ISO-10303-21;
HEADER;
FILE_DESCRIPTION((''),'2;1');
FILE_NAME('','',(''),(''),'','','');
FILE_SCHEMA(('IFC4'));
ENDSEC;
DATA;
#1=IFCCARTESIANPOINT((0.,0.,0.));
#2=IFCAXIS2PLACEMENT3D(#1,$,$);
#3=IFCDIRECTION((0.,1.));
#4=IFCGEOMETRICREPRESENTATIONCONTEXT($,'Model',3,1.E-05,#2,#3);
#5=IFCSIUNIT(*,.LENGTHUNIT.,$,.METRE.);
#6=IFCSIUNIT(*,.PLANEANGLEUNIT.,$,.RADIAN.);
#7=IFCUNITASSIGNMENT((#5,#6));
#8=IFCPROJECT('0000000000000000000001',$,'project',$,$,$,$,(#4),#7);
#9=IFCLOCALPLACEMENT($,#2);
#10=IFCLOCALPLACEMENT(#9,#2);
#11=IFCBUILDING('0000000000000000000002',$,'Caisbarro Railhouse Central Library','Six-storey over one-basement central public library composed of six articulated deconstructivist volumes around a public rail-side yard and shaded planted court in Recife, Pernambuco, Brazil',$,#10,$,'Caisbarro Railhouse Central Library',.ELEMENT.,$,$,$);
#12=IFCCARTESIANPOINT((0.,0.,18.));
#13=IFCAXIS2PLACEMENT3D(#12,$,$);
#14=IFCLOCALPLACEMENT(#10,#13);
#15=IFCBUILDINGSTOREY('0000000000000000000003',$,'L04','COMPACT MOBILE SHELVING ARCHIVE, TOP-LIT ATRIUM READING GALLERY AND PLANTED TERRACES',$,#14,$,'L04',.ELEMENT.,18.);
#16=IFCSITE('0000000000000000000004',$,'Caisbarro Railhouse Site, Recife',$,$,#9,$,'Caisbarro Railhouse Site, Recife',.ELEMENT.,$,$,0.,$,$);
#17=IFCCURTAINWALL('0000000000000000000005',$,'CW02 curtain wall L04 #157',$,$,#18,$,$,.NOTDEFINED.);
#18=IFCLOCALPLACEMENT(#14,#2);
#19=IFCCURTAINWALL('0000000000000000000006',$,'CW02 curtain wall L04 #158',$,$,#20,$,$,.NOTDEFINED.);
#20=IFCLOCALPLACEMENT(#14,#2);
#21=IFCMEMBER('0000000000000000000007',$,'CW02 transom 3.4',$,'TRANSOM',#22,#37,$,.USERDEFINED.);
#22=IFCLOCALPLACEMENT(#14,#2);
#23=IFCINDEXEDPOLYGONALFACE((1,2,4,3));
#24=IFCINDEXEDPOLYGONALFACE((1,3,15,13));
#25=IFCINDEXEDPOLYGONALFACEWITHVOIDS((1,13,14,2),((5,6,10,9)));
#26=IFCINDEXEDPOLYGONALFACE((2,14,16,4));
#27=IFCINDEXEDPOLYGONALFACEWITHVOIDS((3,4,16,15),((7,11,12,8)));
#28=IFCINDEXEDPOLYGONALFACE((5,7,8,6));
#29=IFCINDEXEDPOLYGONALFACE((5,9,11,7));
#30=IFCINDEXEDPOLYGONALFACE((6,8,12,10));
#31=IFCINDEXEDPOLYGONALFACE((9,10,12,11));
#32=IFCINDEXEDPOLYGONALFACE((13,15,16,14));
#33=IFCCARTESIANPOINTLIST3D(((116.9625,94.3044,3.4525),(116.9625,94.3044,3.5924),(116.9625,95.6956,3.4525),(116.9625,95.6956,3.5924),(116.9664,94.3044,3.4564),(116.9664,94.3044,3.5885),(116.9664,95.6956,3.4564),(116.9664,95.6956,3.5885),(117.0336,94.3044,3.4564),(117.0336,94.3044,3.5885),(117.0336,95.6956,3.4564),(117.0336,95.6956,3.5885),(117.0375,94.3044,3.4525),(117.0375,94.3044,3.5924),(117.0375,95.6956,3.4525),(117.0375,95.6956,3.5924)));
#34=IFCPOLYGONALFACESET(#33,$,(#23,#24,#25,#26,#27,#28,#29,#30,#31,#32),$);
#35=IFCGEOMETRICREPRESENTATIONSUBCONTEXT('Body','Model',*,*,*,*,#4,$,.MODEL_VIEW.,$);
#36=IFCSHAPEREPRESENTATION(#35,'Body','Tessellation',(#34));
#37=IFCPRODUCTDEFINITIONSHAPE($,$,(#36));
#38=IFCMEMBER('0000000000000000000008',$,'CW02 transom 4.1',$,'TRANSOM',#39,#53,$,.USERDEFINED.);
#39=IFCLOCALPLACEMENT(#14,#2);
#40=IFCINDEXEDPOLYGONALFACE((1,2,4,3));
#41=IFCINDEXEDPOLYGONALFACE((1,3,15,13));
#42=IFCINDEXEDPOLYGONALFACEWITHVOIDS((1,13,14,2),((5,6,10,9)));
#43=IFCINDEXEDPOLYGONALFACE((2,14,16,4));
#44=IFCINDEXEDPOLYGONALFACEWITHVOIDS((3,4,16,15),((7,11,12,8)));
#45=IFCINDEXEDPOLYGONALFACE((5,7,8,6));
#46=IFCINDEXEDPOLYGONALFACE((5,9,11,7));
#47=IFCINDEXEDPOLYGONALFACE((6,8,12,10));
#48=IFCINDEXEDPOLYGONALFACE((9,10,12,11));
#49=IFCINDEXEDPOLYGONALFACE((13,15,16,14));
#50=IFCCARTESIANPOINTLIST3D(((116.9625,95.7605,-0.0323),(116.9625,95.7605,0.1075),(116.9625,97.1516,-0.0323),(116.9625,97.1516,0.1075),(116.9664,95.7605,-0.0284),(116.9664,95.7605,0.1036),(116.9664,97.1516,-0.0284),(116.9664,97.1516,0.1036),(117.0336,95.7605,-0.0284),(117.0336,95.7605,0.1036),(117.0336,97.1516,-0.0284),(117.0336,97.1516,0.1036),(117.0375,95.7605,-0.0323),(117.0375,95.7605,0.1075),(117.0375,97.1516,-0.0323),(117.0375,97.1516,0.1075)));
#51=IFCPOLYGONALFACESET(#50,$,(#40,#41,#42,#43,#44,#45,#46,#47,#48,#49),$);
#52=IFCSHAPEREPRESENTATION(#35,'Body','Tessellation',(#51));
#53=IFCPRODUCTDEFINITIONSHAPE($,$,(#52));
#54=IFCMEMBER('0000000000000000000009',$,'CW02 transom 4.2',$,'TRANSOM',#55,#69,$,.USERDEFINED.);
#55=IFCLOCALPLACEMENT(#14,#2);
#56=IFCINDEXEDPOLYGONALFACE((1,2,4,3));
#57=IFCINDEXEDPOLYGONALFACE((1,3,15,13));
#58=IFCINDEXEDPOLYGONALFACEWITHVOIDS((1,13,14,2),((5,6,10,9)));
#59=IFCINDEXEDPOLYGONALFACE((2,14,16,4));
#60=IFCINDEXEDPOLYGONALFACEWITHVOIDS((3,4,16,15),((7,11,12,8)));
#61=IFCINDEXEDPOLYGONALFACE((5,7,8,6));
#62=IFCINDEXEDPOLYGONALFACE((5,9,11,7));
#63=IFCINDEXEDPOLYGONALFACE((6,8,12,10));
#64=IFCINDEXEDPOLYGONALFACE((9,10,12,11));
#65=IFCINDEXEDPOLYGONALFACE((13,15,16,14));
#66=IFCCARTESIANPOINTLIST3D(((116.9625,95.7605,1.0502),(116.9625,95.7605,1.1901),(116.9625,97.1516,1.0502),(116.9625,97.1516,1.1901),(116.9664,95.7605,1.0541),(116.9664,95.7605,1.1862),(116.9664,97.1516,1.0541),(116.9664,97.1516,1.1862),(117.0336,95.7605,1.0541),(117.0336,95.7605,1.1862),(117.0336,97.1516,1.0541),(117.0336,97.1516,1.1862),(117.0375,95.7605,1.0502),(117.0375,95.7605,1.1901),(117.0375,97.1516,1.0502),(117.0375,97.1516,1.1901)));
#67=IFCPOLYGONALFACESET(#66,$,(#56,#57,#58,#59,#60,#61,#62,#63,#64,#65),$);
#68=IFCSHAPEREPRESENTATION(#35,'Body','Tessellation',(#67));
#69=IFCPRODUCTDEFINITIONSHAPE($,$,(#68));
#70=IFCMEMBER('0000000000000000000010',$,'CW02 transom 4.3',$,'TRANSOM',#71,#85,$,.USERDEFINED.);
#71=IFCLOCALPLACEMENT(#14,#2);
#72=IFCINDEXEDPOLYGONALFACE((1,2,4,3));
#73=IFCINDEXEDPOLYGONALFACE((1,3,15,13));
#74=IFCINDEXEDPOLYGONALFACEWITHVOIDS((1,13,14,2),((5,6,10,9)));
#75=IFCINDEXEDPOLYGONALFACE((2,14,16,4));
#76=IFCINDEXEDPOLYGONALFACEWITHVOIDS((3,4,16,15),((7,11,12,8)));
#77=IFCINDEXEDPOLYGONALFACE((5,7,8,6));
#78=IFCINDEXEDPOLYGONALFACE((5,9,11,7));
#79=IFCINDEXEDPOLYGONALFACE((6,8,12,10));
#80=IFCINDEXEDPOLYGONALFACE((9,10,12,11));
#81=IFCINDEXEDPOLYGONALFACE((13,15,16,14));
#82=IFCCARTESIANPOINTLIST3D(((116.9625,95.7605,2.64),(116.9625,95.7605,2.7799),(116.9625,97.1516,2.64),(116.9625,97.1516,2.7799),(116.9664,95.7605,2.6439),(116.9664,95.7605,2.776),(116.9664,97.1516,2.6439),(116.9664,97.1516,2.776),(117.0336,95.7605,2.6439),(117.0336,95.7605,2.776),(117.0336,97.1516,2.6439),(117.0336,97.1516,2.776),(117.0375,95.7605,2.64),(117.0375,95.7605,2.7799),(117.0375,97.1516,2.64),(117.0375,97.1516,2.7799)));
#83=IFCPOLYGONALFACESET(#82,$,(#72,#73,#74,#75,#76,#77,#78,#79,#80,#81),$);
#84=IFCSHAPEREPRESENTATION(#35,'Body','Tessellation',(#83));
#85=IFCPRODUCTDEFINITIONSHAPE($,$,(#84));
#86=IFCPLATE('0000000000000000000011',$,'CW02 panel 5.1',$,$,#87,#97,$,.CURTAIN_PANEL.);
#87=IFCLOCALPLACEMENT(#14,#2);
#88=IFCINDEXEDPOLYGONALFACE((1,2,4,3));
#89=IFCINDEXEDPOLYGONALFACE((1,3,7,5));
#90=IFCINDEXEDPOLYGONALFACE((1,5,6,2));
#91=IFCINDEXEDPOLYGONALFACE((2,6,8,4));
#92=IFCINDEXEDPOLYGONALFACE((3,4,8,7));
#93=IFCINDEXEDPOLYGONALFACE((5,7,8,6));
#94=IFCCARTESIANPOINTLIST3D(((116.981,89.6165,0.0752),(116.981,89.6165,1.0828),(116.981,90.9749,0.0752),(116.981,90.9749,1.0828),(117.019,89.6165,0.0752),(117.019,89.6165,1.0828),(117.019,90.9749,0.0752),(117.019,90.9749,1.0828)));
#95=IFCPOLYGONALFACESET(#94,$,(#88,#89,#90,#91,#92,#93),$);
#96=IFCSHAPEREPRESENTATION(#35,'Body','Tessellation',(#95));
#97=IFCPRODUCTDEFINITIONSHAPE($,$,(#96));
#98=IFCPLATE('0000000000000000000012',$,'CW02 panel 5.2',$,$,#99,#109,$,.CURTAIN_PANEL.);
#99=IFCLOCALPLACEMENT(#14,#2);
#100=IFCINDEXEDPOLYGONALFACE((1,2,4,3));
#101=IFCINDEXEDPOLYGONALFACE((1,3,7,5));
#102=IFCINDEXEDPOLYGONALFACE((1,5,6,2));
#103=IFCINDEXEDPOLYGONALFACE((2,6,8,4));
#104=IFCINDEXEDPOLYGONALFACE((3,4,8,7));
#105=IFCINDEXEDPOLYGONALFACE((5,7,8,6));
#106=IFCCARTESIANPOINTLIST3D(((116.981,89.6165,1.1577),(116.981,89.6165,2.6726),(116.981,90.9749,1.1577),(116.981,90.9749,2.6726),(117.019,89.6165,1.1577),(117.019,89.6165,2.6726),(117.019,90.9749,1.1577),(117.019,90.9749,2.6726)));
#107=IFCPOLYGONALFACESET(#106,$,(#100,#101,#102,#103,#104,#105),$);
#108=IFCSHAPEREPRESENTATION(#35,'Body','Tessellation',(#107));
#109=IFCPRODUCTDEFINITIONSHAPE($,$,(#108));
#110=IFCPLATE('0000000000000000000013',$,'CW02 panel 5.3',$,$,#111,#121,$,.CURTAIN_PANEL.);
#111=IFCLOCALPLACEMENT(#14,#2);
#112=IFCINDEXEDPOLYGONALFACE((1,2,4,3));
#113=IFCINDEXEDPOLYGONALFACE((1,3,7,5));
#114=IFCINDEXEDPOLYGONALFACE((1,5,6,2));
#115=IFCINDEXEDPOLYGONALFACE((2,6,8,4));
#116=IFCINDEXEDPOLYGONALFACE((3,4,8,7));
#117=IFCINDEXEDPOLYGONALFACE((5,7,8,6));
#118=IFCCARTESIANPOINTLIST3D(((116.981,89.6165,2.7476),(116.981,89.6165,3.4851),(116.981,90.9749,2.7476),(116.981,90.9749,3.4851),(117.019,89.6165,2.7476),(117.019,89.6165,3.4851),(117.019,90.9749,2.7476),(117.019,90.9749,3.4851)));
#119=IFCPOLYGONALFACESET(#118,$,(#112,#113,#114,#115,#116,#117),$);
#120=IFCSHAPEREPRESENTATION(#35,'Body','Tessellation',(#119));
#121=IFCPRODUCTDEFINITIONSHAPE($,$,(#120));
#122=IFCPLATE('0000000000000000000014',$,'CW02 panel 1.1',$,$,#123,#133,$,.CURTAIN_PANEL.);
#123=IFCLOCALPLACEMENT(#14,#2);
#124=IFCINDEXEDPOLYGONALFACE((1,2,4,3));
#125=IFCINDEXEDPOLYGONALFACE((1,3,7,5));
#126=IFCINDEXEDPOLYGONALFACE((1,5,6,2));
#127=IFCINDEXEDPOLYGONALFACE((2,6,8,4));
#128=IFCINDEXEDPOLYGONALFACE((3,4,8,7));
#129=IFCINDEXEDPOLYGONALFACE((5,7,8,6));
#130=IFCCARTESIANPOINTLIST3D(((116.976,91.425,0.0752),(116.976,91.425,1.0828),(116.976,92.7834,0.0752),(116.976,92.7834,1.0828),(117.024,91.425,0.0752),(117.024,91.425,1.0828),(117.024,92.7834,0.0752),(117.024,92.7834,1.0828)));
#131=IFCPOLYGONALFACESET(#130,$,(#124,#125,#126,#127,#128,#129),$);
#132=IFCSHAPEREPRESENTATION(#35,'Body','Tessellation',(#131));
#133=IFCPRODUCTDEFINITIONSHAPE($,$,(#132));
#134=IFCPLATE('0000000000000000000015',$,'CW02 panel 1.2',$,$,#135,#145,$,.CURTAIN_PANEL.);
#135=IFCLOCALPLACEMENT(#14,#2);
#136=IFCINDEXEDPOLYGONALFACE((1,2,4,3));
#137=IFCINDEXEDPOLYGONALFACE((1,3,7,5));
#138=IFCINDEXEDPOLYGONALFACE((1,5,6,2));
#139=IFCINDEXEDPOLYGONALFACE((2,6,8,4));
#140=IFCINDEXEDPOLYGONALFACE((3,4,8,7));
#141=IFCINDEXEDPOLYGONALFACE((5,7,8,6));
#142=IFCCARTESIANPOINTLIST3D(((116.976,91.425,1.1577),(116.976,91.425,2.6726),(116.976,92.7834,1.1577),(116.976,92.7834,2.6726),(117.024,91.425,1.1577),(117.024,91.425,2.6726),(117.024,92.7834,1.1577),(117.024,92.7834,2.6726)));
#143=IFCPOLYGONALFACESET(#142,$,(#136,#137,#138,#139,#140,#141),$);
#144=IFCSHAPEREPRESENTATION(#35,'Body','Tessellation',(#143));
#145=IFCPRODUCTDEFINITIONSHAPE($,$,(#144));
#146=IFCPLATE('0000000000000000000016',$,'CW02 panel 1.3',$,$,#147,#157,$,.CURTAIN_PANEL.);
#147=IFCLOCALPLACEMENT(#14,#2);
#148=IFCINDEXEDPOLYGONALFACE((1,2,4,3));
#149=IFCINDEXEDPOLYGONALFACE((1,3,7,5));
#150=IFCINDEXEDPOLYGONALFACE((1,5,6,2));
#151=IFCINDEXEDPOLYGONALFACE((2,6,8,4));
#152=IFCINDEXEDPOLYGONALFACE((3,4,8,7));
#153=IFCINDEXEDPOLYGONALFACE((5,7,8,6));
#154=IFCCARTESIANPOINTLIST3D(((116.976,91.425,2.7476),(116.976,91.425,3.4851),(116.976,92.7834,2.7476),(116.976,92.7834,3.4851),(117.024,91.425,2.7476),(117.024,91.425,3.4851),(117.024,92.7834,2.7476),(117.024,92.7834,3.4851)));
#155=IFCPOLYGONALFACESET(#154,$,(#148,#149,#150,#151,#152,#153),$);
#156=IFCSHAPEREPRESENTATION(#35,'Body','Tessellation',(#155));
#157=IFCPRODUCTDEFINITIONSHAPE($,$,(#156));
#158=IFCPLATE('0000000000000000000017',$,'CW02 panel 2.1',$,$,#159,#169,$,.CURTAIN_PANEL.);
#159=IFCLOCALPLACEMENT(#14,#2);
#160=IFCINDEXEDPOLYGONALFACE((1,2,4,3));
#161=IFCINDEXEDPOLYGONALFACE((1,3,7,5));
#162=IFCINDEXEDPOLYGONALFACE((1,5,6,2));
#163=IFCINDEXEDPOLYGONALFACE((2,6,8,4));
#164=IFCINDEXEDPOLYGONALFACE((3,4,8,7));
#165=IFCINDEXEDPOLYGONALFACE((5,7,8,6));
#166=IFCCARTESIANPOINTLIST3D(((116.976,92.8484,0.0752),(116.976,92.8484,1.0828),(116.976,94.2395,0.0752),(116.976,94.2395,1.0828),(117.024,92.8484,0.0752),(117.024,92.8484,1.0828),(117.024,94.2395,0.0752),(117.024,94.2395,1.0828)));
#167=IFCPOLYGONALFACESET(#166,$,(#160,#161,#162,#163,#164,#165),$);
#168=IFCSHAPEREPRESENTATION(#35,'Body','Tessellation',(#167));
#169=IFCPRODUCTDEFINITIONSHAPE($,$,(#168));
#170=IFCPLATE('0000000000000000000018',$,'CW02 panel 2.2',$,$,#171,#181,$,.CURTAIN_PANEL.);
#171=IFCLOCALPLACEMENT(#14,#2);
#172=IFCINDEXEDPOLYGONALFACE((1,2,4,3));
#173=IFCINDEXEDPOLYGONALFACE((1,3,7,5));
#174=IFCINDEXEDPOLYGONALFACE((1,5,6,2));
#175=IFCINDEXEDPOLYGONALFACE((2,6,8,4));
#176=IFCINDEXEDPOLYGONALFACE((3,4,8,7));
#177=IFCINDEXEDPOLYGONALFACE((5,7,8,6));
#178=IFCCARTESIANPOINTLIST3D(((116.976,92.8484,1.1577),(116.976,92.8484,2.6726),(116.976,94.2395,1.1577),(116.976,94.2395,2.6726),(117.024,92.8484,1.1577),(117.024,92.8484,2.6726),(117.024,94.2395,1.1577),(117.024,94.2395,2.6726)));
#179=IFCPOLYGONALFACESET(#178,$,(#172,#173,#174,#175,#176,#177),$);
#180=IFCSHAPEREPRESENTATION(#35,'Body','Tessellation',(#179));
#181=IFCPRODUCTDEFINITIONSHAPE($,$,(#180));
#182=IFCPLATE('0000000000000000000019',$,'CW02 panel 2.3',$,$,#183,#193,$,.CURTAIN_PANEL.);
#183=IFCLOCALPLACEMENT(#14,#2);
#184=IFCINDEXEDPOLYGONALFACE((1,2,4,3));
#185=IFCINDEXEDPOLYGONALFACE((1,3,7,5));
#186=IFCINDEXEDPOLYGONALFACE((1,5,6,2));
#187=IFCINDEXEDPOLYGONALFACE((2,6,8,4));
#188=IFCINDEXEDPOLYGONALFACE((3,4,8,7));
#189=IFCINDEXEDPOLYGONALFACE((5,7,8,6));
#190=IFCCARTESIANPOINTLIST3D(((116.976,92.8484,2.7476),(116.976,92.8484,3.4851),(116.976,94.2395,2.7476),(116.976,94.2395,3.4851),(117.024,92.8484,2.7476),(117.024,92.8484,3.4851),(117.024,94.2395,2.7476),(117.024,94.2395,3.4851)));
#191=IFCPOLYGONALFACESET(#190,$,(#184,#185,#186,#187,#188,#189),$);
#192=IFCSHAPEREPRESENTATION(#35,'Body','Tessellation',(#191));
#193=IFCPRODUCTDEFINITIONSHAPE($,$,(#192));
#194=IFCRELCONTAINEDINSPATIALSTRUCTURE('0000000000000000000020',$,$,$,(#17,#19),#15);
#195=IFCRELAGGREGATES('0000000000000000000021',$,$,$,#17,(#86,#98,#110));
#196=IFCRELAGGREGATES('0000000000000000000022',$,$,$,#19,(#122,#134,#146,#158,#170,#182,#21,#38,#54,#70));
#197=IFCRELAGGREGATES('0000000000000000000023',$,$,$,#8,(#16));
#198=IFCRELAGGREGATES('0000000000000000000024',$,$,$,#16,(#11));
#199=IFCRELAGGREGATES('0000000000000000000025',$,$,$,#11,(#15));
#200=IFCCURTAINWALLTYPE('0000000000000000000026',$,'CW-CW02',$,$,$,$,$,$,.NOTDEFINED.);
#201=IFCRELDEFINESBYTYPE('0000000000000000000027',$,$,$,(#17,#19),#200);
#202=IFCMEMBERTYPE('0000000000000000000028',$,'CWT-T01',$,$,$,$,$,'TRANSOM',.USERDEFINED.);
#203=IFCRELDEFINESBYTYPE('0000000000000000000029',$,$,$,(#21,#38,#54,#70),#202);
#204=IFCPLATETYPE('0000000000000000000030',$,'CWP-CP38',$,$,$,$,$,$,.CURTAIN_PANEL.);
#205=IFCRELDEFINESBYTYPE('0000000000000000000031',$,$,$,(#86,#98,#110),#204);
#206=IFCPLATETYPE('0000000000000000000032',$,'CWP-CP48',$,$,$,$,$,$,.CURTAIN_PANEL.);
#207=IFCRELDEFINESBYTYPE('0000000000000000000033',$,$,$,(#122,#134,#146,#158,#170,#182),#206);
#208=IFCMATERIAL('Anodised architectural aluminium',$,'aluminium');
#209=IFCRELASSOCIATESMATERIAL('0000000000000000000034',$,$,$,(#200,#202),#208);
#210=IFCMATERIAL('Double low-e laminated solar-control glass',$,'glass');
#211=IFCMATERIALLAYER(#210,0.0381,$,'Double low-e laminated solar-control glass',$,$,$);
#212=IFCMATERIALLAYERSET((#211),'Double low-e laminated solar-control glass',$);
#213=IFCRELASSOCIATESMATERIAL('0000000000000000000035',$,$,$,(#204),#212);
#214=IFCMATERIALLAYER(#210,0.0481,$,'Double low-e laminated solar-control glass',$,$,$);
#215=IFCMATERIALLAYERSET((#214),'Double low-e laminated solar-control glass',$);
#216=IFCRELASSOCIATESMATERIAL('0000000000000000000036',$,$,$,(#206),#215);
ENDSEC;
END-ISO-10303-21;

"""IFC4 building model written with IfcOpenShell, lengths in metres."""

from ifc_helpers import new_model, si_unit, direction, frame, origin, origin_2d, place, context, subcontext, project, spatial, rectangle, hollow_rectangle, extrude, material, layer, layer_set, material_profile, profile_set, type_object, element, aggregate, save


model = new_model("IFC4")

# Units and contexts
model_context = context("Model", 3, precision=1e-05, world=origin(), true_north=direction((0.0, 1.0)))
body_context = subcontext(model_context, "Body", "Model", "MODEL_VIEW")
ifc_project = project(units=[si_unit("LENGTHUNIT", "METRE"), si_unit("PLANEANGLEUNIT", "RADIAN")], contexts=[model_context])

# Site, building, storey
site_placement = place(None, origin())
site = spatial("IfcSite", under=ifc_project, at=site_placement, Name="Caisbarro Railhouse Site, Recife", LongName="Caisbarro Railhouse Site, Recife", CompositionType="ELEMENT", RefElevation=0.0)
building_placement = place(site_placement, origin())
building = spatial("IfcBuilding", under=site, at=building_placement, Name="Caisbarro Railhouse Central Library", Description="Six-storey over one-basement central public library composed of six articulated deconstructivist volumes around a public rail-side yard and shaded planted court in Recife, Pernambuco, Brazil", LongName="Caisbarro Railhouse Central Library", CompositionType="ELEMENT")
storey_placement = place(building_placement, frame((0.0, 0.0, 18.0)))
storey = spatial("IfcBuildingStorey", under=building, at=storey_placement, Name="L04", Description="COMPACT MOBILE SHELVING ARCHIVE, TOP-LIT ATRIUM READING GALLERY AND PLANTED TERRACES", LongName="L04", CompositionType="ELEMENT", Elevation=18.0)

# Curtain wall
ifc_material_1 = material(Name="Anodised architectural aluminium", Category="aluminium")
curtain_wall_type = type_object("IfcCurtainWallType", Name="CW-CW02", PredefinedType="NOTDEFINED", material=ifc_material_1)
curtain_wall_1_placement = place(storey_placement, origin())
curtain_wall_1 = element("IfcCurtainWall", 1, at=curtain_wall_1_placement, inside=storey, type_object=curtain_wall_type, Name="CW02 curtain wall L04 #157", PredefinedType="NOTDEFINED")

# Curtain wall, members
curtain_wall_2_placement = place(storey_placement, origin())
curtain_wall_2 = element("IfcCurtainWall", 2, at=curtain_wall_2_placement, inside=storey, type_object=curtain_wall_type, Name="CW02 curtain wall L04 #158", PredefinedType="NOTDEFINED")
ifc_material_profile_1 = material_profile(ifc_material_1, hollow_rectangle(XDim=0.075, YDim=0.1399, WallThickness=0.0039, at=origin_2d()), Name="ALU-TRN-75X140")
ifc_profile_set_1 = profile_set([ifc_material_profile_1], Name="Anodised architectural aluminium")
member_type_1 = type_object("IfcMemberType", Name="CWT-T01", ElementType="TRANSOM", PredefinedType="USERDEFINED", material=ifc_profile_set_1)
member_1_placement = place(storey_placement, frame((117.0, 94.3044, 3.5225), z_axis=(0.0, 1.0, 0.0), x_axis=(-1.0, 0.0, 0.0)))
member_1 = element("IfcMember", 3, at=member_1_placement, type_object=member_type_1, Name="CW02 transom 3.4", ObjectType="TRANSOM", PredefinedType="USERDEFINED", context=body_context, shape_type="SweptSolid", body=[
    extrude(hollow_rectangle(XDim=0.075, YDim=0.1399, WallThickness=0.0039, at=origin_2d()), origin(), (0.0, 0.0, 1.0), 1.3911),
])
member_2_placement = place(storey_placement, frame((117.0, 95.7605, 0.0376), z_axis=(0.0, 1.0, 0.0), x_axis=(-1.0, 0.0, 0.0)))
member_2 = element("IfcMember", 4, at=member_2_placement, type_object=member_type_1, Name="CW02 transom 4.1", ObjectType="TRANSOM", PredefinedType="USERDEFINED", context=body_context, shape_type="SweptSolid", body=[
    extrude(hollow_rectangle(XDim=0.075, YDim=0.1399, WallThickness=0.0039, at=origin_2d()), origin(), (0.0, 0.0, 1.0), 1.3911),
])
member_3_placement = place(storey_placement, frame((117.0, 95.7605, 1.1201), z_axis=(0.0, 1.0, 0.0), x_axis=(-1.0, 0.0, 0.0)))
member_3 = element("IfcMember", 5, at=member_3_placement, type_object=member_type_1, Name="CW02 transom 4.2", ObjectType="TRANSOM", PredefinedType="USERDEFINED", context=body_context, shape_type="SweptSolid", body=[
    extrude(hollow_rectangle(XDim=0.075, YDim=0.1399, WallThickness=0.0039, at=origin_2d()), origin(), (0.0, 0.0, 1.0), 1.3911),
])
member_4_placement = place(storey_placement, frame((117.0, 95.7605, 2.71), z_axis=(0.0, 1.0, 0.0), x_axis=(-1.0, 0.0, 0.0)))
member_4 = element("IfcMember", 6, at=member_4_placement, type_object=member_type_1, Name="CW02 transom 4.3", ObjectType="TRANSOM", PredefinedType="USERDEFINED", context=body_context, shape_type="SweptSolid", body=[
    extrude(hollow_rectangle(XDim=0.075, YDim=0.1399, WallThickness=0.0039, at=origin_2d()), origin(), (0.0, 0.0, 1.0), 1.3911),
])

# Plates
ifc_material_2 = material(Name="Double low-e laminated solar-control glass", Category="glass")
ifc_layer_1 = layer(ifc_material_2, 0.0381, Name="Double low-e laminated solar-control glass")
ifc_layer_set_1 = layer_set([ifc_layer_1], Name="Double low-e laminated solar-control glass")
plate_type_1 = type_object("IfcPlateType", Name="CWP-CP38", PredefinedType="CURTAIN_PANEL", material=ifc_layer_set_1)
plate_1_placement = place(storey_placement, frame((117.0, 90.2957, 0.0752), z_axis=(0.0, 0.0, 1.0), x_axis=(0.0, 1.0, 0.0)))
plate_1 = element("IfcPlate", 7, at=plate_1_placement, type_object=plate_type_1, Name="CW02 panel 5.1", PredefinedType="CURTAIN_PANEL", context=body_context, shape_type="SweptSolid", body=[
    extrude(rectangle(XDim=1.3584, YDim=0.0381, at=origin_2d()), origin(), (0.0, 0.0, 1.0), 1.0076),
])
plate_2_placement = place(storey_placement, frame((117.0, 90.2957, 1.1577), z_axis=(0.0, 0.0, 1.0), x_axis=(0.0, 1.0, 0.0)))
plate_2 = element("IfcPlate", 8, at=plate_2_placement, type_object=plate_type_1, Name="CW02 panel 5.2", PredefinedType="CURTAIN_PANEL", context=body_context, shape_type="SweptSolid", body=[
    extrude(rectangle(XDim=1.3584, YDim=0.0381, at=origin_2d()), origin(), (0.0, 0.0, 1.0), 1.5149),
])
plate_3_placement = place(storey_placement, frame((117.0, 90.2957, 2.7476), z_axis=(0.0, 0.0, 1.0), x_axis=(0.0, 1.0, 0.0)))
plate_3 = element("IfcPlate", 9, at=plate_3_placement, type_object=plate_type_1, Name="CW02 panel 5.3", PredefinedType="CURTAIN_PANEL", context=body_context, shape_type="SweptSolid", body=[
    extrude(rectangle(XDim=1.3584, YDim=0.0381, at=origin_2d()), origin(), (0.0, 0.0, 1.0), 0.7375),
])
aggregate(curtain_wall_1, [plate_1, plate_2, plate_3])
ifc_layer_2 = layer(ifc_material_2, 0.0481, Name="Double low-e laminated solar-control glass")
ifc_layer_set_2 = layer_set([ifc_layer_2], Name="Double low-e laminated solar-control glass")
plate_type_2 = type_object("IfcPlateType", Name="CWP-CP48", PredefinedType="CURTAIN_PANEL", material=ifc_layer_set_2)
plate_4_placement = place(storey_placement, frame((117.0, 92.1042, 0.0752), z_axis=(0.0, 0.0, 1.0), x_axis=(0.0, 1.0, 0.0)))
plate_4 = element("IfcPlate", 10, at=plate_4_placement, type_object=plate_type_2, Name="CW02 panel 1.1", PredefinedType="CURTAIN_PANEL", context=body_context, shape_type="SweptSolid", body=[
    extrude(rectangle(XDim=1.3584, YDim=0.0481, at=origin_2d()), origin(), (0.0, 0.0, 1.0), 1.0076),
])
plate_5_placement = place(storey_placement, frame((117.0, 92.1042, 1.1577), z_axis=(0.0, 0.0, 1.0), x_axis=(0.0, 1.0, 0.0)))
plate_5 = element("IfcPlate", 11, at=plate_5_placement, type_object=plate_type_2, Name="CW02 panel 1.2", PredefinedType="CURTAIN_PANEL", context=body_context, shape_type="SweptSolid", body=[
    extrude(rectangle(XDim=1.3584, YDim=0.0481, at=origin_2d()), origin(), (0.0, 0.0, 1.0), 1.5149),
])
plate_6_placement = place(storey_placement, frame((117.0, 92.1042, 2.7476), z_axis=(0.0, 0.0, 1.0), x_axis=(0.0, 1.0, 0.0)))
plate_6 = element("IfcPlate", 12, at=plate_6_placement, type_object=plate_type_2, Name="CW02 panel 1.3", PredefinedType="CURTAIN_PANEL", context=body_context, shape_type="SweptSolid", body=[
    extrude(rectangle(XDim=1.3584, YDim=0.0481, at=origin_2d()), origin(), (0.0, 0.0, 1.0), 0.7375),
])
plate_7_placement = place(storey_placement, frame((117.0, 93.5439, 0.0752), z_axis=(0.0, 0.0, 1.0), x_axis=(0.0, 1.0, 0.0)))
plate_7 = element("IfcPlate", 13, at=plate_7_placement, type_object=plate_type_2, Name="CW02 panel 2.1", PredefinedType="CURTAIN_PANEL", context=body_context, shape_type="SweptSolid", body=[
    extrude(rectangle(XDim=1.3911, YDim=0.0481, at=origin_2d()), origin(), (0.0, 0.0, 1.0), 1.0076),
])
plate_8_placement = place(storey_placement, frame((117.0, 93.5439, 1.1577), z_axis=(0.0, 0.0, 1.0), x_axis=(0.0, 1.0, 0.0)))
plate_8 = element("IfcPlate", 14, at=plate_8_placement, type_object=plate_type_2, Name="CW02 panel 2.2", PredefinedType="CURTAIN_PANEL", context=body_context, shape_type="SweptSolid", body=[
    extrude(rectangle(XDim=1.3911, YDim=0.0481, at=origin_2d()), origin(), (0.0, 0.0, 1.0), 1.5149),
])
plate_9_placement = place(storey_placement, frame((117.0, 93.5439, 2.7476), z_axis=(0.0, 0.0, 1.0), x_axis=(0.0, 1.0, 0.0)))
plate_9 = element("IfcPlate", 15, at=plate_9_placement, type_object=plate_type_2, Name="CW02 panel 2.3", PredefinedType="CURTAIN_PANEL", context=body_context, shape_type="SweptSolid", body=[
    extrude(rectangle(XDim=1.3911, YDim=0.0481, at=origin_2d()), origin(), (0.0, 0.0, 1.0), 0.7375),
])
aggregate(curtain_wall_2, [plate_4, plate_5, plate_6, plate_7, plate_8, plate_9, member_1, member_2, member_3, member_4])

save(model, "model.ifc")
